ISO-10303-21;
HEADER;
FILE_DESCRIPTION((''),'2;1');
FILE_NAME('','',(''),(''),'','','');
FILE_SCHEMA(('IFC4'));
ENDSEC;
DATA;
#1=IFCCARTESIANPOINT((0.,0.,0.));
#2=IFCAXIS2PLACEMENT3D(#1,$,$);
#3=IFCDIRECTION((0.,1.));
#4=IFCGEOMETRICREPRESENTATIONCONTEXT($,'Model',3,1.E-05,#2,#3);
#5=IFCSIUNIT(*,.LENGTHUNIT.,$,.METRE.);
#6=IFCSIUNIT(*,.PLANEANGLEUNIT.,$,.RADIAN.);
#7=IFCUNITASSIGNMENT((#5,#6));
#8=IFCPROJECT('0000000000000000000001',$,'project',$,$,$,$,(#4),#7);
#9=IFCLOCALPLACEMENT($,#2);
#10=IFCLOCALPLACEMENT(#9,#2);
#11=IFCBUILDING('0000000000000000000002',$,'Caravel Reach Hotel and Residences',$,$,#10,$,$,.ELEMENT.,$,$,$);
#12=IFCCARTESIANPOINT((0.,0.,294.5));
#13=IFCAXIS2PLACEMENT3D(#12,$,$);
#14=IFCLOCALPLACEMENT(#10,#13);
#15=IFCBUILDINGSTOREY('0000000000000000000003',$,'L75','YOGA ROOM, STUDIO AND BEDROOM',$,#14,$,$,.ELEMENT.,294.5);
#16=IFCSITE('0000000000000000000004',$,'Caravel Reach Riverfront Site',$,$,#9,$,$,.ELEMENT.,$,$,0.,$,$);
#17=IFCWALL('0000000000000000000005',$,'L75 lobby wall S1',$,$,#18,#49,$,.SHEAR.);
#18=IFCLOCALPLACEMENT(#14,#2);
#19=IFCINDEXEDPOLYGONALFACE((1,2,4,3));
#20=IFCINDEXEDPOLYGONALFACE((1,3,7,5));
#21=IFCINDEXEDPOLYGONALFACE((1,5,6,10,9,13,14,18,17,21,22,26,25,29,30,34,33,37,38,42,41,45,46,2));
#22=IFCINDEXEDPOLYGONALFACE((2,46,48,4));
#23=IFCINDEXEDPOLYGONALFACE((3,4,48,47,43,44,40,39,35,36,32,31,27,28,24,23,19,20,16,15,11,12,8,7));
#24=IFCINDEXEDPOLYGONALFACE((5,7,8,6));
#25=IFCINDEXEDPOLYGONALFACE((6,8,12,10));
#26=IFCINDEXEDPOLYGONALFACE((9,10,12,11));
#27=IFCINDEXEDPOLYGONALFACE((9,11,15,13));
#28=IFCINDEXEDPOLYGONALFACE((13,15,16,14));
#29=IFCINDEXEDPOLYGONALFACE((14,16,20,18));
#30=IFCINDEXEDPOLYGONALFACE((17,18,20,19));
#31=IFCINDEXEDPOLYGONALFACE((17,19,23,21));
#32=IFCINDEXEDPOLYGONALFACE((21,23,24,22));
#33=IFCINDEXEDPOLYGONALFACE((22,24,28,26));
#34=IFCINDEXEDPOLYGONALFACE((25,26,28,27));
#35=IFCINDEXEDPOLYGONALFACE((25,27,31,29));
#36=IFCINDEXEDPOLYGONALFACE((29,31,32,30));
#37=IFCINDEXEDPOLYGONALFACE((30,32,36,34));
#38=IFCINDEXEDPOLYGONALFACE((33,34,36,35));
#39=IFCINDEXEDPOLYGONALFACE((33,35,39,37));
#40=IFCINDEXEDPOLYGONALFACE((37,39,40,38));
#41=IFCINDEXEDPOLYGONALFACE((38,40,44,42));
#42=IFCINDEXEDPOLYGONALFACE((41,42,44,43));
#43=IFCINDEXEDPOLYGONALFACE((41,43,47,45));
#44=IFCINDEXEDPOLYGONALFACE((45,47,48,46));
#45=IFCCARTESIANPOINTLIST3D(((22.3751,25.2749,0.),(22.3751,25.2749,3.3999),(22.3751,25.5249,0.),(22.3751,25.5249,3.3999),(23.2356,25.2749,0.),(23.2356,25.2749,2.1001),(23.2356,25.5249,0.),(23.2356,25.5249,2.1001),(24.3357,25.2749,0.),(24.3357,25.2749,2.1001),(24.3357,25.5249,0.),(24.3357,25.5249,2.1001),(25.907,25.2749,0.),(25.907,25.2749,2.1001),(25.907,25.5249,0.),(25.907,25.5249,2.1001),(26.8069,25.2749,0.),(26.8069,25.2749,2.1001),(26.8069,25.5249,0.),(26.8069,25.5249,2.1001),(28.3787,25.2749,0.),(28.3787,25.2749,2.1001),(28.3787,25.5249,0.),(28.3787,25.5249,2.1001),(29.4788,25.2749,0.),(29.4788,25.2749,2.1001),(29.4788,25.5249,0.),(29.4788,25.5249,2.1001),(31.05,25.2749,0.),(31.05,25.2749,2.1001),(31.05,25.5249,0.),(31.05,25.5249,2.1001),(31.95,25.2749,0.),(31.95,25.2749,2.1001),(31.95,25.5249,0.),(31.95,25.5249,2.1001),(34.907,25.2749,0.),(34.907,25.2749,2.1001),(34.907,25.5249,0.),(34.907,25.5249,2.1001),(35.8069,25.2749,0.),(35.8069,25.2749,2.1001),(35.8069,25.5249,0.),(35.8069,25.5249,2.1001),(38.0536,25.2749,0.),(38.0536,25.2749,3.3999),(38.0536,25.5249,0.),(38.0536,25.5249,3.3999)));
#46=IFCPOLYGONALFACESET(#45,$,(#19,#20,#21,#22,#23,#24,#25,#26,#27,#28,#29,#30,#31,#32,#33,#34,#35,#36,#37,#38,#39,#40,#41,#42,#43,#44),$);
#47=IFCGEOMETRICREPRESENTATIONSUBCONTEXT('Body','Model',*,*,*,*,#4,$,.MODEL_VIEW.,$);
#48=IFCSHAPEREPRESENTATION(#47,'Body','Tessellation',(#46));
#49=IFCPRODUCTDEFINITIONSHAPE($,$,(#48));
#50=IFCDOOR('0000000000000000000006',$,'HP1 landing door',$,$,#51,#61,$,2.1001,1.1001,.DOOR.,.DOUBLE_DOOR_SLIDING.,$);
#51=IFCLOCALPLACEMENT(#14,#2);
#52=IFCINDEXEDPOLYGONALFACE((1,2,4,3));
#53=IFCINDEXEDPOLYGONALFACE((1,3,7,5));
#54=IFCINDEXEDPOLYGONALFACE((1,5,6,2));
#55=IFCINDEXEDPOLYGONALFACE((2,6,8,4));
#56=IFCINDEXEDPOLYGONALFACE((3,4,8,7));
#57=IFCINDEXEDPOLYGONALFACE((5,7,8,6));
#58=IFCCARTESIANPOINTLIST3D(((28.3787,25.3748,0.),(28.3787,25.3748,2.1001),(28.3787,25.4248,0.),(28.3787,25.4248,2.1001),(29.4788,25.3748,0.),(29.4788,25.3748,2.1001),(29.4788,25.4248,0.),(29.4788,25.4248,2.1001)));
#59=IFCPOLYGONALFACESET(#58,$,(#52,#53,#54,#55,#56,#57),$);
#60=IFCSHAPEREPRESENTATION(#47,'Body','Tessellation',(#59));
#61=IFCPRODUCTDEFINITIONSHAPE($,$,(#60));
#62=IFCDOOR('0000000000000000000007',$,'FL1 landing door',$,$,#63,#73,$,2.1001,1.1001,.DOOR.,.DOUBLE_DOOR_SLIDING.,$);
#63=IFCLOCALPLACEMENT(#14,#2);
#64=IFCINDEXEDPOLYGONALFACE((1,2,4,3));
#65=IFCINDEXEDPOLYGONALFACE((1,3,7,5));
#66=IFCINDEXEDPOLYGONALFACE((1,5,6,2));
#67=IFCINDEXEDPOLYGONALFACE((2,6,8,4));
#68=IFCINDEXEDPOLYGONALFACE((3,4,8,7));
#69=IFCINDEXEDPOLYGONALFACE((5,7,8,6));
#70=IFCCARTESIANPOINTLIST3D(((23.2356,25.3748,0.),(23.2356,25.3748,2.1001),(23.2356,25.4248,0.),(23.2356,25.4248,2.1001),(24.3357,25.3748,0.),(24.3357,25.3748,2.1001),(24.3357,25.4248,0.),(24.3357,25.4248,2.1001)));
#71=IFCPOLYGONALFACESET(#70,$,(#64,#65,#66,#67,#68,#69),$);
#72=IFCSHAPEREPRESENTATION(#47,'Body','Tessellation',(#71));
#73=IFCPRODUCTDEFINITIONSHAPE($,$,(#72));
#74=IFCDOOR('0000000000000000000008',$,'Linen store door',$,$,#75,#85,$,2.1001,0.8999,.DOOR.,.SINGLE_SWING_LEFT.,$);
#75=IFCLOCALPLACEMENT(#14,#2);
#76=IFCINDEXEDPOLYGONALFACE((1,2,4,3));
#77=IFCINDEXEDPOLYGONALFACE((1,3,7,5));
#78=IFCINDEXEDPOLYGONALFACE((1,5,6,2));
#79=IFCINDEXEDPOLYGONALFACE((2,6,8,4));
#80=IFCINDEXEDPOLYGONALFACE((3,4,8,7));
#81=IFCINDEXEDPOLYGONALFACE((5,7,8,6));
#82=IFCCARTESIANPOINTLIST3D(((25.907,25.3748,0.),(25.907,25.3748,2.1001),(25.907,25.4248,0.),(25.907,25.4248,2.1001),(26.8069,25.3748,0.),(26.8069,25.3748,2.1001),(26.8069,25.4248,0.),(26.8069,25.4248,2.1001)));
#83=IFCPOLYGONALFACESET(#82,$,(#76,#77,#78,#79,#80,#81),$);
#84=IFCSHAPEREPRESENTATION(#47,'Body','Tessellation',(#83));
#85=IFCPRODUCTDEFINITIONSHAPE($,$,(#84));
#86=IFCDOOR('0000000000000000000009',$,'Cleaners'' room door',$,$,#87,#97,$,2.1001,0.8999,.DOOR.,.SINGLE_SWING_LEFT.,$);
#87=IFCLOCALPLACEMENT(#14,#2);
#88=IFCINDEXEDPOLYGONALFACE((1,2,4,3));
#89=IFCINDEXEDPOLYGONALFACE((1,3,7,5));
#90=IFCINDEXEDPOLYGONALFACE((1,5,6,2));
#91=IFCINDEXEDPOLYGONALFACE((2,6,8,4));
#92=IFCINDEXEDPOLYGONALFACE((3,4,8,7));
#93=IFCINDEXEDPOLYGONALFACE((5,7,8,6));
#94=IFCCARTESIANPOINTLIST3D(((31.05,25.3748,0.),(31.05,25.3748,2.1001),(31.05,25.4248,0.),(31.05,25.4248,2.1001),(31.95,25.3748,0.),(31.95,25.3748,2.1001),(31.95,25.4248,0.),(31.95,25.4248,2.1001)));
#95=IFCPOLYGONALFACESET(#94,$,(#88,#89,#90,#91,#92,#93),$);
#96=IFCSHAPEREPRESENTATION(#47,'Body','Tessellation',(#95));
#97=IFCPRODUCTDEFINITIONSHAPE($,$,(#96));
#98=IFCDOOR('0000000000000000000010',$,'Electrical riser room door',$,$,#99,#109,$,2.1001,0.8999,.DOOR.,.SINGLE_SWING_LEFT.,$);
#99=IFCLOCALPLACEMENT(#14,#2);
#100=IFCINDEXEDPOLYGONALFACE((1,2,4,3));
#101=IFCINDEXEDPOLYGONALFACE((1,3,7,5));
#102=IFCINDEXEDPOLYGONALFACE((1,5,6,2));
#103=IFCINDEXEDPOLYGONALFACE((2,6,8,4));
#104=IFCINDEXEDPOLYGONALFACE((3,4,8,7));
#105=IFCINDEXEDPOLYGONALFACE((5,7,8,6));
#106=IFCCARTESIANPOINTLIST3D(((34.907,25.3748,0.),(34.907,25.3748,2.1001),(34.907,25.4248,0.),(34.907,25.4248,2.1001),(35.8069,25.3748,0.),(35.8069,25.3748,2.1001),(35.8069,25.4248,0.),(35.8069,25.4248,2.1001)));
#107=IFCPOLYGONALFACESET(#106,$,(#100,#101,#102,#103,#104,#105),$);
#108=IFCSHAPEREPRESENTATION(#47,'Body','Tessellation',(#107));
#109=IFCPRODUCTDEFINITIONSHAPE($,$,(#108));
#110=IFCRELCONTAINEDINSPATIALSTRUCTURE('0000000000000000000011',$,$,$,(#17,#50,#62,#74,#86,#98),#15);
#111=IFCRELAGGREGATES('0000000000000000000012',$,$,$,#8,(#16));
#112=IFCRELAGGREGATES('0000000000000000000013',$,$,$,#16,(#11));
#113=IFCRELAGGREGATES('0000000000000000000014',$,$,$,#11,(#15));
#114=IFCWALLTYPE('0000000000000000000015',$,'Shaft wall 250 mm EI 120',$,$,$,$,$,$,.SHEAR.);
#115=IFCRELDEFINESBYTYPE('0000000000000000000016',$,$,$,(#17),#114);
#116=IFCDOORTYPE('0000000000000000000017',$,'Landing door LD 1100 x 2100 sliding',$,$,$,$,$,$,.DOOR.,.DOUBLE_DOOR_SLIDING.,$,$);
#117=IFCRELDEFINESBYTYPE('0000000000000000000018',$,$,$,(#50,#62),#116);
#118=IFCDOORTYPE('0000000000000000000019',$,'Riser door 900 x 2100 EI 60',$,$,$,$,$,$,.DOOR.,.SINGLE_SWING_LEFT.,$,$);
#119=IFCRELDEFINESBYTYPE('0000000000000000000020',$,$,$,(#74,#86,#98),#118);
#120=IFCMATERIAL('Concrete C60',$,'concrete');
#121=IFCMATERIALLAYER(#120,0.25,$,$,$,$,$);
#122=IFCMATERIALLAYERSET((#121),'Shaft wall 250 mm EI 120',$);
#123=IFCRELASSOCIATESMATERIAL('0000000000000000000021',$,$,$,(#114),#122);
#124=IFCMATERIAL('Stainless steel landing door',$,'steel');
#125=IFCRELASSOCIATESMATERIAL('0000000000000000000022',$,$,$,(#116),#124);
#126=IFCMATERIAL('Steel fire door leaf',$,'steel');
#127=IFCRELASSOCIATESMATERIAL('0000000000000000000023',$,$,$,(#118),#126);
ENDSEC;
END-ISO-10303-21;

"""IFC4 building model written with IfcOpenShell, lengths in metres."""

from ifc_helpers import new_model, si_unit, direction, frame, frame_2d, origin, place, context, subcontext, project, spatial, rectangle, extrude, material, layer, layer_set, type_object, element, fill, save


model = new_model("IFC4")

# Units and contexts
model_context = context("Model", 3, precision=1e-05, world=origin(), true_north=direction((0.0, 1.0)))
body_context = subcontext(model_context, "Body", "Model", "MODEL_VIEW")
ifc_project = project(units=[si_unit("LENGTHUNIT", "METRE"), si_unit("PLANEANGLEUNIT", "RADIAN")], contexts=[model_context])

# Site, building, storey
site_placement = place(None, origin())
site = spatial("IfcSite", under=ifc_project, at=site_placement, Name="Caravel Reach Riverfront Site", CompositionType="ELEMENT", RefElevation=0.0)
building_placement = place(site_placement, origin())
building = spatial("IfcBuilding", under=site, at=building_placement, Name="Caravel Reach Hotel and Residences", CompositionType="ELEMENT")
storey_placement = place(building_placement, frame((0.0, 0.0, 294.5)))
storey = spatial("IfcBuildingStorey", under=building, at=storey_placement, Name="L75", Description="YOGA ROOM, STUDIO AND BEDROOM", CompositionType="ELEMENT", Elevation=294.5)

# Wall, openings, doors
ifc_material_1 = material(Name="Concrete C60", Category="concrete")
ifc_layer_1 = layer(ifc_material_1, 0.25)
ifc_layer_set_1 = layer_set([ifc_layer_1], Name="Shaft wall 250 mm EI 120")
wall_type_1 = type_object("IfcWallType", Name="Shaft wall 250 mm EI 120", PredefinedType="SHEAR", material=ifc_layer_set_1)
wall_1_placement = place(storey_placement, frame((22.375, 25.3999, 0.0), z_axis=(0.0, 0.0, 1.0), x_axis=(1.0, 0.0, 0.0)))
wall_1 = element("IfcWall", 1, at=wall_1_placement, inside=storey, type_object=wall_type_1, Name="L75 lobby wall S1", PredefinedType="SHEAR", context=body_context, shape_type="SweptSolid", body=[
    extrude(rectangle(XDim=15.6785, YDim=0.25, at=frame_2d((7.8394, 0.0))), origin(), (0.0, 0.0, 1.0), 3.3999),
])
opening_1_placement = place(wall_1_placement, frame((6.0037, 0.0, 0.0)))
opening_1 = element("IfcOpeningElement", 2, at=opening_1_placement, cuts=wall_1, PredefinedType="OPENING", context=body_context, shape_type="SweptSolid", body=[
    extrude(rectangle(XDim=1.1001, YDim=2.1001, at=frame_2d((0.55, 1.05))), frame((0.0, 0.135, 0.0), z_axis=(0.0, -1.0, 0.0), x_axis=(1.0, 0.0, 0.0)), (0.0, 0.0, 1.0), 0.27),
])
opening_2_placement = place(wall_1_placement, frame((0.8606, 0.0, 0.0)))
opening_2 = element("IfcOpeningElement", 3, at=opening_2_placement, cuts=wall_1, PredefinedType="OPENING", context=body_context, shape_type="SweptSolid", body=[
    extrude(rectangle(XDim=1.1001, YDim=2.1001, at=frame_2d((0.55, 1.05))), frame((0.0, 0.135, 0.0), z_axis=(0.0, -1.0, 0.0), x_axis=(1.0, 0.0, 0.0)), (0.0, 0.0, 1.0), 0.27),
])
opening_3_placement = place(wall_1_placement, frame((3.532, 0.0, 0.0)))
opening_3 = element("IfcOpeningElement", 4, at=opening_3_placement, cuts=wall_1, PredefinedType="OPENING", context=body_context, shape_type="SweptSolid", body=[
    extrude(rectangle(XDim=0.8999, YDim=2.1001, at=frame_2d((0.45, 1.05))), frame((0.0, 0.135, 0.0), z_axis=(0.0, -1.0, 0.0), x_axis=(1.0, 0.0, 0.0)), (0.0, 0.0, 1.0), 0.27),
])
opening_4_placement = place(wall_1_placement, frame((8.675, 0.0, 0.0)))
opening_4 = element("IfcOpeningElement", 5, at=opening_4_placement, cuts=wall_1, PredefinedType="OPENING", context=body_context, shape_type="SweptSolid", body=[
    extrude(rectangle(XDim=0.8999, YDim=2.1001, at=frame_2d((0.45, 1.05))), frame((0.0, 0.135, 0.0), z_axis=(0.0, -1.0, 0.0), x_axis=(1.0, 0.0, 0.0)), (0.0, 0.0, 1.0), 0.27),
])
opening_5_placement = place(wall_1_placement, frame((12.532, 0.0, 0.0)))
opening_5 = element("IfcOpeningElement", 6, at=opening_5_placement, cuts=wall_1, PredefinedType="OPENING", context=body_context, shape_type="SweptSolid", body=[
    extrude(rectangle(XDim=0.8999, YDim=2.1001, at=frame_2d((0.45, 1.05))), frame((0.0, 0.135, 0.0), z_axis=(0.0, -1.0, 0.0), x_axis=(1.0, 0.0, 0.0)), (0.0, 0.0, 1.0), 0.27),
])
ifc_material_2 = material(Name="Stainless steel landing door", Category="steel")
door_type_1 = type_object("IfcDoorType", Name="Landing door LD 1100 x 2100 sliding", OperationType="DOUBLE_DOOR_SLIDING", PredefinedType="DOOR", material=ifc_material_2)
door_1_placement = place(opening_1_placement, origin())
door_1 = element("IfcDoor", 7, at=door_1_placement, inside=storey, type_object=door_type_1, Name="HP1 landing door", OperationType="DOUBLE_DOOR_SLIDING", OverallHeight=2.1001, OverallWidth=1.1001, PredefinedType="DOOR", context=body_context, shape_type="SweptSolid", body=[
    extrude(rectangle(XDim=1.1001, YDim=2.1001, at=frame_2d((0.55, 1.05))), frame((0.0, 0.0249, 0.0), z_axis=(0.0, -1.0, 0.0), x_axis=(1.0, 0.0, 0.0)), (0.0, 0.0, 1.0), 0.05),
])
fill(opening_1, door_1)
door_2_placement = place(opening_2_placement, origin())
door_2 = element("IfcDoor", 8, at=door_2_placement, inside=storey, type_object=door_type_1, Name="FL1 landing door", OperationType="DOUBLE_DOOR_SLIDING", OverallHeight=2.1001, OverallWidth=1.1001, PredefinedType="DOOR", context=body_context, shape_type="SweptSolid", body=[
    extrude(rectangle(XDim=1.1001, YDim=2.1001, at=frame_2d((0.55, 1.05))), frame((0.0, 0.0249, 0.0), z_axis=(0.0, -1.0, 0.0), x_axis=(1.0, 0.0, 0.0)), (0.0, 0.0, 1.0), 0.05),
])
fill(opening_2, door_2)
ifc_material_3 = material(Name="Steel fire door leaf", Category="steel")
door_type_2 = type_object("IfcDoorType", Name="Riser door 900 x 2100 EI 60", OperationType="SINGLE_SWING_LEFT", PredefinedType="DOOR", material=ifc_material_3)
door_3_placement = place(opening_3_placement, origin())
door_3 = element("IfcDoor", 9, at=door_3_placement, inside=storey, type_object=door_type_2, Name="Linen store door", OperationType="SINGLE_SWING_LEFT", OverallHeight=2.1001, OverallWidth=0.8999, PredefinedType="DOOR", context=body_context, shape_type="SweptSolid", body=[
    extrude(rectangle(XDim=0.8999, YDim=2.1001, at=frame_2d((0.45, 1.05))), frame((0.0, 0.0249, 0.0), z_axis=(0.0, -1.0, 0.0), x_axis=(1.0, 0.0, 0.0)), (0.0, 0.0, 1.0), 0.05),
])
fill(opening_3, door_3)
door_4_placement = place(opening_4_placement, origin())
door_4 = element("IfcDoor", 10, at=door_4_placement, inside=storey, type_object=door_type_2, Name="Cleaners' room door", OperationType="SINGLE_SWING_LEFT", OverallHeight=2.1001, OverallWidth=0.8999, PredefinedType="DOOR", context=body_context, shape_type="SweptSolid", body=[
    extrude(rectangle(XDim=0.8999, YDim=2.1001, at=frame_2d((0.45, 1.05))), frame((0.0, 0.0249, 0.0), z_axis=(0.0, -1.0, 0.0), x_axis=(1.0, 0.0, 0.0)), (0.0, 0.0, 1.0), 0.05),
])
fill(opening_4, door_4)
door_5_placement = place(opening_5_placement, origin())
door_5 = element("IfcDoor", 11, at=door_5_placement, inside=storey, type_object=door_type_2, Name="Electrical riser room door", OperationType="SINGLE_SWING_LEFT", OverallHeight=2.1001, OverallWidth=0.8999, PredefinedType="DOOR", context=body_context, shape_type="SweptSolid", body=[
    extrude(rectangle(XDim=0.8999, YDim=2.1001, at=frame_2d((0.45, 1.05))), frame((0.0, 0.0249, 0.0), z_axis=(0.0, -1.0, 0.0), x_axis=(1.0, 0.0, 0.0)), (0.0, 0.0, 1.0), 0.05),
])
fill(opening_5, door_5)

save(model, "model.ifc")
